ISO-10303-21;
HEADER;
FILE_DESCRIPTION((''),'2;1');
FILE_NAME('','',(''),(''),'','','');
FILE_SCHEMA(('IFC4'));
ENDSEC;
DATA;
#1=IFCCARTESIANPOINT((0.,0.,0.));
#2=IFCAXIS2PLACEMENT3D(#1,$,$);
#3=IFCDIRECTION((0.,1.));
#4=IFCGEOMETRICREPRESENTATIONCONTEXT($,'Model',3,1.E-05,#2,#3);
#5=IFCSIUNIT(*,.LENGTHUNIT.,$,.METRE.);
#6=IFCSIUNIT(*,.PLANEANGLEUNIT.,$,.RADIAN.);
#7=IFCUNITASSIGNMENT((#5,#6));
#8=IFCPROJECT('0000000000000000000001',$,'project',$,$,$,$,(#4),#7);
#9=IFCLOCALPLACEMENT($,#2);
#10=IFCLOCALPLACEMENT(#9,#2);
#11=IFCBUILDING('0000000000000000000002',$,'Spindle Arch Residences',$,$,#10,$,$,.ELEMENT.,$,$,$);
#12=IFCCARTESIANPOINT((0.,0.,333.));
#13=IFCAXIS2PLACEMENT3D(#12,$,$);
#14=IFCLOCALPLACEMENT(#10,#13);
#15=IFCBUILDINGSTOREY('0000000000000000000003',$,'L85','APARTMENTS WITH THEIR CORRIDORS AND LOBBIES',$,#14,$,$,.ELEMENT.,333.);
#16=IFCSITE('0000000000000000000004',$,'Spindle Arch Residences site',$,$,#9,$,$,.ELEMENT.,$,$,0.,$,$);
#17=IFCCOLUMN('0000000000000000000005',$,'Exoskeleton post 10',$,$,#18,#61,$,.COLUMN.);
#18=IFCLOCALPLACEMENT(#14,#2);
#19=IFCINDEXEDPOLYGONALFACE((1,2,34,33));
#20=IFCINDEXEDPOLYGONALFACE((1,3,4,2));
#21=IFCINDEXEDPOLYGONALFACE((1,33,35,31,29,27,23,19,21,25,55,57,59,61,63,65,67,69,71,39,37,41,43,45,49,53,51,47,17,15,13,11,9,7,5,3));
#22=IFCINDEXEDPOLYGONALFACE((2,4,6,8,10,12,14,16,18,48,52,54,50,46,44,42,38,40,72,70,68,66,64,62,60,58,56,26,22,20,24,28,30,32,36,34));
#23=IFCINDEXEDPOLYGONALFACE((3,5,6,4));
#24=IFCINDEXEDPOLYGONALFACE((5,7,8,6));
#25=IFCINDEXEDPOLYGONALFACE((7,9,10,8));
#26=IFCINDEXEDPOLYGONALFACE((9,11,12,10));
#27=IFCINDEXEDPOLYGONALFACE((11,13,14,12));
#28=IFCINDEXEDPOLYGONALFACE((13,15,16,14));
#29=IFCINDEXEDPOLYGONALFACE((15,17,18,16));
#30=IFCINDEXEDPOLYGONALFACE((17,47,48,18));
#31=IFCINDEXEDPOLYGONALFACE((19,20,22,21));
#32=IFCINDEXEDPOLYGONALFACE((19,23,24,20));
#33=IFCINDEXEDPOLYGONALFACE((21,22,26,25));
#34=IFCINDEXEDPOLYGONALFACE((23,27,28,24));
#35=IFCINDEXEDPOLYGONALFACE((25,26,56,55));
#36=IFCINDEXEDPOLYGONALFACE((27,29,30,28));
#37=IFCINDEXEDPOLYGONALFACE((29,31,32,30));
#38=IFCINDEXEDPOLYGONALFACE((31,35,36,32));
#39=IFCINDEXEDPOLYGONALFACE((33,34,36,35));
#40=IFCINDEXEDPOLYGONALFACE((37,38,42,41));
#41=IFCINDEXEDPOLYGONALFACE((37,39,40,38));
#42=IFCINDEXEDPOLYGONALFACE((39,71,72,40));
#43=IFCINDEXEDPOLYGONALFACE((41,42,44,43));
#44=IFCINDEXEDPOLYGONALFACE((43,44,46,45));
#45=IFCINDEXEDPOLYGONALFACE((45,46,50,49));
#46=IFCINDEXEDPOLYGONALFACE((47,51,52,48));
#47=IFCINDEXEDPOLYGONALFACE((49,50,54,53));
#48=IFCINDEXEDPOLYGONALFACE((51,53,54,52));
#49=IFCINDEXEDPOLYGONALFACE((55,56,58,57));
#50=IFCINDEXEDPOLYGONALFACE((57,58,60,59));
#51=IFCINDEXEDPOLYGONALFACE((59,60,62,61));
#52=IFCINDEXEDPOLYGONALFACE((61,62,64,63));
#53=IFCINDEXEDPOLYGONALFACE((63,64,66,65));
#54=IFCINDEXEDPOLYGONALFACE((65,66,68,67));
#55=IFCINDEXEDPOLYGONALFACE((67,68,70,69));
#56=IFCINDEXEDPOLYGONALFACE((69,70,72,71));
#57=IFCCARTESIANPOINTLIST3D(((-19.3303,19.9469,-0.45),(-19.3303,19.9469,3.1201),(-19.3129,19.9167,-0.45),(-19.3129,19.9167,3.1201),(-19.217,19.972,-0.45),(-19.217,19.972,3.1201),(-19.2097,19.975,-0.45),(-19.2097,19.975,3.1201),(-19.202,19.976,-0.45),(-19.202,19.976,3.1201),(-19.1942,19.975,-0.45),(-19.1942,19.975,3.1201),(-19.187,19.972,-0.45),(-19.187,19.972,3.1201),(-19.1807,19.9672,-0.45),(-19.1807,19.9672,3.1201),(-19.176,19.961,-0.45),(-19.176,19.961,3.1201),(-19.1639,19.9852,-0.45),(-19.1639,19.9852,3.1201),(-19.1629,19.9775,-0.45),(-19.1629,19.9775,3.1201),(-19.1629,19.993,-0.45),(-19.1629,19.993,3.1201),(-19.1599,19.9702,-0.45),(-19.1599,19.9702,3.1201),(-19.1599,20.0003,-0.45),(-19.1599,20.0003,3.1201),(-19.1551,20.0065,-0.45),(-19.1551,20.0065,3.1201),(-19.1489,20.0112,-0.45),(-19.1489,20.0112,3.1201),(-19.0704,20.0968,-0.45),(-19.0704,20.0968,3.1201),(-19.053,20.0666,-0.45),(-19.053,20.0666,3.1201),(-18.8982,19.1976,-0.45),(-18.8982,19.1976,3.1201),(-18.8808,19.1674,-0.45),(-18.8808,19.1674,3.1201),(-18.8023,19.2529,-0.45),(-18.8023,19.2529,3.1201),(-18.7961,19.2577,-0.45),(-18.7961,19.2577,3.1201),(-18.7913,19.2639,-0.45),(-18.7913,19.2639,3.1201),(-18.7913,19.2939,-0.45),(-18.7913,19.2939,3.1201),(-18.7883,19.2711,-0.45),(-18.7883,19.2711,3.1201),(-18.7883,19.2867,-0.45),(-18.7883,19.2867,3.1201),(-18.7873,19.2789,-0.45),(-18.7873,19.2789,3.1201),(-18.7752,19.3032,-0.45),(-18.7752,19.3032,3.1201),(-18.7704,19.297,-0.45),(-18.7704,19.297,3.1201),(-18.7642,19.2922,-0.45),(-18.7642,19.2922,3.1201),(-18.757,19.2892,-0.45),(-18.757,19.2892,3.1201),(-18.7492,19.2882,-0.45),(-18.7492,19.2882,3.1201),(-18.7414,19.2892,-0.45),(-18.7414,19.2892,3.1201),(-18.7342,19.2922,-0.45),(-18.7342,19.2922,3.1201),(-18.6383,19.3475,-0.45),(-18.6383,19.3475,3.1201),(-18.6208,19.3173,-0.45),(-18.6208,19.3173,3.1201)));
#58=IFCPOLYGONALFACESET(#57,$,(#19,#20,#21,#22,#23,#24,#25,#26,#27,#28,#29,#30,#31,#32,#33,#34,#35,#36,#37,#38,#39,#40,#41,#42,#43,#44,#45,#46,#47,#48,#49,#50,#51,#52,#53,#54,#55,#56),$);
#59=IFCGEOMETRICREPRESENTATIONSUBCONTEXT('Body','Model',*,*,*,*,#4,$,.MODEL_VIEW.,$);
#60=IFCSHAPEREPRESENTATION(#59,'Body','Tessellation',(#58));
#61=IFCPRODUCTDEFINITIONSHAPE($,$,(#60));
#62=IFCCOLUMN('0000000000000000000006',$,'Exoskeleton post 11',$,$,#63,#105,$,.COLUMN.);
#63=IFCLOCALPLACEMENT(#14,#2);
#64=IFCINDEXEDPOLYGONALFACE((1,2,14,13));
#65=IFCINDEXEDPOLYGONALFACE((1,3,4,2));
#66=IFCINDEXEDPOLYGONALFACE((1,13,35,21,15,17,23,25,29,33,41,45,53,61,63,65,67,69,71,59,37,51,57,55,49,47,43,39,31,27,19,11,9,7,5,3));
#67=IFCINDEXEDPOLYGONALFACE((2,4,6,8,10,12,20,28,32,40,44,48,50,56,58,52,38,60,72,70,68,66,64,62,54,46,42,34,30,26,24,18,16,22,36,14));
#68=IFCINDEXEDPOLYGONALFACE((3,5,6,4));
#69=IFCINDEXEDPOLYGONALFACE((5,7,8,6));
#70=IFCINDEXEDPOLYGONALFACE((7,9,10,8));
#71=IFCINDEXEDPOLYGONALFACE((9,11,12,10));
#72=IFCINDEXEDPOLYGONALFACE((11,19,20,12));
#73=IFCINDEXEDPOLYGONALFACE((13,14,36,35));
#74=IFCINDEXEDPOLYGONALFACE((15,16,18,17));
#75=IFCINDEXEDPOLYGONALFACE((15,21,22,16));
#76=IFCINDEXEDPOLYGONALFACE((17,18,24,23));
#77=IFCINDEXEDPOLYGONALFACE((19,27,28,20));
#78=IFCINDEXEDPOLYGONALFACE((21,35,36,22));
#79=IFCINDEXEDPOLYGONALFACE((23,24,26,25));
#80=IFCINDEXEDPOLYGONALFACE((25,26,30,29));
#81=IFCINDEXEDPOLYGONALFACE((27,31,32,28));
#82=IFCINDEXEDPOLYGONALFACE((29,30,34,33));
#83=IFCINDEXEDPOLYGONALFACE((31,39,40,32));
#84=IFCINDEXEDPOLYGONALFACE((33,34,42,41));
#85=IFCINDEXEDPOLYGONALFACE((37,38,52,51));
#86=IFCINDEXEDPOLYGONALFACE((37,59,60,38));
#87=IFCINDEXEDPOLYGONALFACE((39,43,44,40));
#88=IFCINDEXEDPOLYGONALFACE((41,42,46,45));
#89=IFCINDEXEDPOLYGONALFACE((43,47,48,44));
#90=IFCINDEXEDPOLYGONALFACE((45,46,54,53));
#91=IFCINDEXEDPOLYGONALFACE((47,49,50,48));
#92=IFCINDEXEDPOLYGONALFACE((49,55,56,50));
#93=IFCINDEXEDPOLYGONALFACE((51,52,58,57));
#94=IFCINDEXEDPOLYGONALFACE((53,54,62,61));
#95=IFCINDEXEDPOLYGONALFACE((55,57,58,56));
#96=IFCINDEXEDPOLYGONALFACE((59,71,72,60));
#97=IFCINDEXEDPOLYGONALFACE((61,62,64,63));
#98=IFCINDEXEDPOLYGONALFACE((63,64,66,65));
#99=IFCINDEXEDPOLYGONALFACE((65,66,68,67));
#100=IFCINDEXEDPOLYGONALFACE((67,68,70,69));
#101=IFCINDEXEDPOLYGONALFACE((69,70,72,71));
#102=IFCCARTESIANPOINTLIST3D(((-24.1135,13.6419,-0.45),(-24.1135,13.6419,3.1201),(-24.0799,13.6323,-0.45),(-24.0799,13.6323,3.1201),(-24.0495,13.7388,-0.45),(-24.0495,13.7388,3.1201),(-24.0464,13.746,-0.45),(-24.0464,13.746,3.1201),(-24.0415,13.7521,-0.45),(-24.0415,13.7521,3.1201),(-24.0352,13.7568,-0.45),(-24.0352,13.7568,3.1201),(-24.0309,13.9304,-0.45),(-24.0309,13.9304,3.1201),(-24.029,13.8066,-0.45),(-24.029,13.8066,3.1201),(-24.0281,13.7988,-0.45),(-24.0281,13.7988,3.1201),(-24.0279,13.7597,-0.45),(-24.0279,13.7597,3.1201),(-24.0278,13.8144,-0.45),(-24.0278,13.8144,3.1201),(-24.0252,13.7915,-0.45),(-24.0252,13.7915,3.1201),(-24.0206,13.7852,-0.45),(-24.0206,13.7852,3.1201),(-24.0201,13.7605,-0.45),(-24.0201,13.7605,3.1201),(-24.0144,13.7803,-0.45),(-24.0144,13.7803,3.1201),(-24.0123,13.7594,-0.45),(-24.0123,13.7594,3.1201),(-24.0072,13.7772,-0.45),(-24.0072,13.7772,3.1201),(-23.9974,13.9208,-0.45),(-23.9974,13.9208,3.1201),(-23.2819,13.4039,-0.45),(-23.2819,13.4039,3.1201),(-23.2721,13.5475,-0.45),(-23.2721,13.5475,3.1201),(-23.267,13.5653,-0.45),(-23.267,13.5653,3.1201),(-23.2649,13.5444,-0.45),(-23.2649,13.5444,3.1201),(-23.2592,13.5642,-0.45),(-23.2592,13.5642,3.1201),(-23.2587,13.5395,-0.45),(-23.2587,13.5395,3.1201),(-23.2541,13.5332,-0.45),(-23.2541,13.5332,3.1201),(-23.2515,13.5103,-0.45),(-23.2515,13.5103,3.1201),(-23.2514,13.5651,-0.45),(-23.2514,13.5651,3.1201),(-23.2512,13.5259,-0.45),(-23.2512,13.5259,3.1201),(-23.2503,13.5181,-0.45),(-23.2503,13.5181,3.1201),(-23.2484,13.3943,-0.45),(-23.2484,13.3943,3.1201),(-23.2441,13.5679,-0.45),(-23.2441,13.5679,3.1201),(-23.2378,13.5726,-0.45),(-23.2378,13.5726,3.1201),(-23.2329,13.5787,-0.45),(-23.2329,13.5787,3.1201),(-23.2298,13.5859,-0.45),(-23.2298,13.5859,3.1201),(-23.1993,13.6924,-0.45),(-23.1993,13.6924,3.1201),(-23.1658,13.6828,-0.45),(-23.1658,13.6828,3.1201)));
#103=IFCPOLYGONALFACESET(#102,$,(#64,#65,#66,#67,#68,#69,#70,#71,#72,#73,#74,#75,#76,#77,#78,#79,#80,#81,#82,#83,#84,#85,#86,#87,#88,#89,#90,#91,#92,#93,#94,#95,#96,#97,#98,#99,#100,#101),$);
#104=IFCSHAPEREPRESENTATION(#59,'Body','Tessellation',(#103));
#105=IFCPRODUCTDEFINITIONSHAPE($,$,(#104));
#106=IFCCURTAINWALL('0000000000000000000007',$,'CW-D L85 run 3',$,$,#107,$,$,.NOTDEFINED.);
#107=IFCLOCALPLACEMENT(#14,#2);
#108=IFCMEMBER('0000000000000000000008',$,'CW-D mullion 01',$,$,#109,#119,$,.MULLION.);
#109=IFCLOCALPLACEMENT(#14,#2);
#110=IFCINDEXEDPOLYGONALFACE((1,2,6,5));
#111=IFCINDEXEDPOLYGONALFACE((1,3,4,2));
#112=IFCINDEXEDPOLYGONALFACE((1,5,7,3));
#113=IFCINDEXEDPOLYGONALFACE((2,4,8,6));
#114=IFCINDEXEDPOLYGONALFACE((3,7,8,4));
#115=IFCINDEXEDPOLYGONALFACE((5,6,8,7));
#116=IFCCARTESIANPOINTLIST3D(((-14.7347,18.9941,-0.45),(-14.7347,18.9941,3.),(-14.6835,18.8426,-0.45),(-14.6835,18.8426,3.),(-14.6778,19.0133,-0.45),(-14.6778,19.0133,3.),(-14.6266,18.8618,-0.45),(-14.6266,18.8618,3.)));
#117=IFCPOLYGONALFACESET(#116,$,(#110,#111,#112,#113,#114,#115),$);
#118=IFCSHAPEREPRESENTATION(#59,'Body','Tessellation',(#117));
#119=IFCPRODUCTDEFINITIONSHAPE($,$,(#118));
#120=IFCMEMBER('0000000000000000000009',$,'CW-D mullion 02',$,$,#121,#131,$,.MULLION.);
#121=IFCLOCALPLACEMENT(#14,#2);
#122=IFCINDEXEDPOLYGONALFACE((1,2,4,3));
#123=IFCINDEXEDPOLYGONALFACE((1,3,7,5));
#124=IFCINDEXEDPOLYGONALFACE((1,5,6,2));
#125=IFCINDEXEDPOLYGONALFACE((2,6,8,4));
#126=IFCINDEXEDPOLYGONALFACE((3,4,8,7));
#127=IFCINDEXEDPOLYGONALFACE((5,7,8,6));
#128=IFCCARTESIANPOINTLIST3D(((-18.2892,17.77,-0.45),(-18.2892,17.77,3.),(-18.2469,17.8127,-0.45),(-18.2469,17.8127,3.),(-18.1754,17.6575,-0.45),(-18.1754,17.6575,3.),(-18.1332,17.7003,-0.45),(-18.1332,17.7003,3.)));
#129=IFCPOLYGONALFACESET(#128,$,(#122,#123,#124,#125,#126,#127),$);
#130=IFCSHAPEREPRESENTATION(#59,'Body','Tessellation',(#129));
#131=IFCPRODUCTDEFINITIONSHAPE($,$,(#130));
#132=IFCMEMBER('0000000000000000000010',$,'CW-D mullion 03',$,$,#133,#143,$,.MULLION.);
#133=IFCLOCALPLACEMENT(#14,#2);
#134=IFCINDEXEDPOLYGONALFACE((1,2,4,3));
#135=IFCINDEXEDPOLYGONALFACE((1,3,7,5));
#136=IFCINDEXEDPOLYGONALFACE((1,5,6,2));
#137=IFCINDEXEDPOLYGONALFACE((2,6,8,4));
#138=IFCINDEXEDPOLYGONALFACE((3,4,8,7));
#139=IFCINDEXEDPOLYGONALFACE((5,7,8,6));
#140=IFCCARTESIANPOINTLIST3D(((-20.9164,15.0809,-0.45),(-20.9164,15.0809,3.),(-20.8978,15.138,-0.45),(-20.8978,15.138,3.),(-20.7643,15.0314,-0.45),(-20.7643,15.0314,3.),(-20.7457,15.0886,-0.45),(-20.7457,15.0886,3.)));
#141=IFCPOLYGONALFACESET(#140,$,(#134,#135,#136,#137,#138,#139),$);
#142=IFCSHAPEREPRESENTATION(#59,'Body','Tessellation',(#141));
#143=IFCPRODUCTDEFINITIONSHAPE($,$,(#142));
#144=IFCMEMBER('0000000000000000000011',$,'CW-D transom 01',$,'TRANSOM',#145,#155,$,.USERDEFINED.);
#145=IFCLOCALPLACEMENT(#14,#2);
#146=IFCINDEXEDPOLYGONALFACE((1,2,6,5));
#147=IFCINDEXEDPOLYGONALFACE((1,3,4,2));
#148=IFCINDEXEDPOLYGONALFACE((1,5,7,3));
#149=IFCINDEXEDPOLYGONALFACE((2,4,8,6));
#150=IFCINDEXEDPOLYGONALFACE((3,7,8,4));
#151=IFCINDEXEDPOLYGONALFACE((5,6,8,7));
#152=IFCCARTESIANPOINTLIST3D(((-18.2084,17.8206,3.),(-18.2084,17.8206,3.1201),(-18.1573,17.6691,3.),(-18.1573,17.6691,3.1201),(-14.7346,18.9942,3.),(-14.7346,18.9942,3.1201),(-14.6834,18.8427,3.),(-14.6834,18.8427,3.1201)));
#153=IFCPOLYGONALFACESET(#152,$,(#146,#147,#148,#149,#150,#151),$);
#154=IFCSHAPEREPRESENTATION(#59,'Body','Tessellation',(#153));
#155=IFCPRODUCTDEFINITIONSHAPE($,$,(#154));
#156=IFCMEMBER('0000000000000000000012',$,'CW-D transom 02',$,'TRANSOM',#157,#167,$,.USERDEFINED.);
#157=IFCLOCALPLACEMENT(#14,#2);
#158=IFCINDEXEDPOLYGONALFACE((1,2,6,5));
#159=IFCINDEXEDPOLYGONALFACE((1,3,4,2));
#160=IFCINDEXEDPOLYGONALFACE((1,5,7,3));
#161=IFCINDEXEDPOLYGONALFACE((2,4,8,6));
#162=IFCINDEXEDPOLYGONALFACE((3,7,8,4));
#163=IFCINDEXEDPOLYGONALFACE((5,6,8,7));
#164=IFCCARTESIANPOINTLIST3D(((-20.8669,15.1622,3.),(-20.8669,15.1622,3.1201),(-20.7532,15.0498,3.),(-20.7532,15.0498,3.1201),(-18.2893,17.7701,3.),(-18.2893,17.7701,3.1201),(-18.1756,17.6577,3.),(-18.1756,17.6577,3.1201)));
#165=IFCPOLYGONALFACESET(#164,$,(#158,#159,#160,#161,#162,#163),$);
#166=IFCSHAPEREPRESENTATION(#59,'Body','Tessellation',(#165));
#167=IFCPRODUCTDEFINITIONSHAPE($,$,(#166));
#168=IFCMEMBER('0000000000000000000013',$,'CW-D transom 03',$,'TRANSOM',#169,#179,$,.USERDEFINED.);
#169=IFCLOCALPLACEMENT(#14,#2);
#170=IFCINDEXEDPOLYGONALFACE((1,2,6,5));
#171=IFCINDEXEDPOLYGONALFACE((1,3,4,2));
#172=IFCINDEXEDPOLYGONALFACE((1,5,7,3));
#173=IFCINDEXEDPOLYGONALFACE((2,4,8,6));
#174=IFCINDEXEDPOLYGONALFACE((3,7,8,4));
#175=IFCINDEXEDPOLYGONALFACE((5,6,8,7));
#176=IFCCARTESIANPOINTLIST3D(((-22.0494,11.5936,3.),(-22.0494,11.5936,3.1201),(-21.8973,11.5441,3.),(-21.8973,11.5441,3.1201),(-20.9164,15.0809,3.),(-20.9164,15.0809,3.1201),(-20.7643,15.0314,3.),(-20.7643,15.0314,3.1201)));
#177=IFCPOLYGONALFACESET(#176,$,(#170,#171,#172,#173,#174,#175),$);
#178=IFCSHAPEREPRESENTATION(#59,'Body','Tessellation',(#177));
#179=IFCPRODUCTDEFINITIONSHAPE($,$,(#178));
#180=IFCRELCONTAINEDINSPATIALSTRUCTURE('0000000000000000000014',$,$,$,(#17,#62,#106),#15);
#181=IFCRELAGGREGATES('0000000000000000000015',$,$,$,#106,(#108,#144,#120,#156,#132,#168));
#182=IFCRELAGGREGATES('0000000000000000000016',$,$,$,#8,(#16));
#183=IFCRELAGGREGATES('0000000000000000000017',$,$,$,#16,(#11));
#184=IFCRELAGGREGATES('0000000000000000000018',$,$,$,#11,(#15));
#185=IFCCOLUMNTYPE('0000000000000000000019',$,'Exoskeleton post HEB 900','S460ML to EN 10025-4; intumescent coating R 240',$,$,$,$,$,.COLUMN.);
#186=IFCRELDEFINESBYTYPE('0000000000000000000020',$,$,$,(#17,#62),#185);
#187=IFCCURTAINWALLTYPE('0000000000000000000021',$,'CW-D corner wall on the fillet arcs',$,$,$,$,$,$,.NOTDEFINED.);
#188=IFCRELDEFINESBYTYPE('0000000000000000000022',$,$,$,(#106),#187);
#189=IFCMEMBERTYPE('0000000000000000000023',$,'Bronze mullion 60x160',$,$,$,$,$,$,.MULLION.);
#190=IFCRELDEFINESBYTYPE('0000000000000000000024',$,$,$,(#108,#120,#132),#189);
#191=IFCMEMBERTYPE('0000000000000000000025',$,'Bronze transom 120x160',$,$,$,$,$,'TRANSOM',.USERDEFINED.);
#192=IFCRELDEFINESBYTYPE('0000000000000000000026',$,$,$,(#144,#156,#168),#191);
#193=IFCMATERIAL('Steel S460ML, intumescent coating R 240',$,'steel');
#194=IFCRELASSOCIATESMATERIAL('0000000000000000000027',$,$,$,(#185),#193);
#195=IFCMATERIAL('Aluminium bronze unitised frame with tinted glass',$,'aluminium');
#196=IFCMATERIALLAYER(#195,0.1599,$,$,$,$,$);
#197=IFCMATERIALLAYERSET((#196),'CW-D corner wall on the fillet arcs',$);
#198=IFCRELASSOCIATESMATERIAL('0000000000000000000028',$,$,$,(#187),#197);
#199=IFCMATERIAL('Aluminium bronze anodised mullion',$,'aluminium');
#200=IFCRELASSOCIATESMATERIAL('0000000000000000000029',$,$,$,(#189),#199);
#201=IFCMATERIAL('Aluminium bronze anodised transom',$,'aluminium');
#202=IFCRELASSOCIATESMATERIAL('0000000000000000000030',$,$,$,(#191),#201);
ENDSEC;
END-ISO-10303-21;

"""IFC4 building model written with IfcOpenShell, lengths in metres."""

from ifc_helpers import new_model, si_unit, direction, frame, origin, origin_2d, place, context, subcontext, project, spatial, rectangle, i_section, extrude, material, layer, layer_set, material_profile, profile_set, type_object, element, aggregate, save


model = new_model("IFC4")

# Units and contexts
model_context = context("Model", 3, precision=1e-05, world=origin(), true_north=direction((0.0, 1.0)))
body_context = subcontext(model_context, "Body", "Model", "MODEL_VIEW")
ifc_project = project(units=[si_unit("LENGTHUNIT", "METRE"), si_unit("PLANEANGLEUNIT", "RADIAN")], contexts=[model_context])

# Site, building, storey
site_placement = place(None, origin())
site = spatial("IfcSite", under=ifc_project, at=site_placement, Name="Spindle Arch Residences site", CompositionType="ELEMENT", RefElevation=0.0)
building_placement = place(site_placement, origin())
building = spatial("IfcBuilding", under=site, at=building_placement, Name="Spindle Arch Residences", CompositionType="ELEMENT")
storey_placement = place(building_placement, frame((0.0, 0.0, 333.0)))
storey = spatial("IfcBuildingStorey", under=building, at=storey_placement, Name="L85", Description="APARTMENTS WITH THEIR CORRIDORS AND LOBBIES", CompositionType="ELEMENT", Elevation=333.0)

# Columns
ifc_material_1 = material(Name="Steel S460ML, intumescent coating R 240", Category="steel")
ifc_material_profile_1 = material_profile(ifc_material_1, i_section(OverallWidth=0.3, OverallDepth=0.8999, WebThickness=0.0186, FlangeThickness=0.0349, FilletRadius=0.03, at=origin_2d()), Name="HEB 900")
ifc_profile_set_1 = profile_set([ifc_material_profile_1], Name="Steel S460ML, intumescent coating R 240")
column_type = type_object("IfcColumnType", Name="Exoskeleton post HEB 900", Description="S460ML to EN 10025-4; intumescent coating R 240", PredefinedType="COLUMN", material=ifc_profile_set_1)
for number, where, z_axis, x_axis, name in (
    (1, (-18.9756, 19.6321, -0.45), (0.0, 0.0, 1.0), (0.866257, 0.499599, 0.0), "Exoskeleton post 10"),
    (2, (-23.6396, 13.6624, -0.45), (0.0, 0.0, 1.0), (0.275193, 0.961389, 0.0), "Exoskeleton post 11"),
):
    element("IfcColumn", number, at=place(storey_placement, frame(where, z_axis=z_axis, x_axis=x_axis)), inside=storey, type_object=column_type, Name=name, PredefinedType="COLUMN", context=body_context, shape_type="SweptSolid", body=[
        extrude(i_section(OverallWidth=0.3, OverallDepth=0.8999, WebThickness=0.0186, FlangeThickness=0.0349, FilletRadius=0.03, at=origin_2d()), origin(), (0.0, 0.0, 1.0), 3.5701),
    ])

# Curtain wall, members
ifc_material_2 = material(Name="Aluminium bronze unitised frame with tinted glass", Category="aluminium")
ifc_layer_1 = layer(ifc_material_2, 0.1599)
ifc_layer_set_1 = layer_set([ifc_layer_1], Name="CW-D corner wall on the fillet arcs")
curtain_wall_type = type_object("IfcCurtainWallType", Name="CW-D corner wall on the fillet arcs", PredefinedType="NOTDEFINED", material=ifc_layer_set_1)
curtain_wall_placement = place(storey_placement, origin())
curtain_wall = element("IfcCurtainWall", 3, at=curtain_wall_placement, inside=storey, type_object=curtain_wall_type, Name="CW-D L85 run 3", PredefinedType="NOTDEFINED")
ifc_material_3 = material(Name="Aluminium bronze anodised mullion", Category="aluminium")
ifc_material_profile_2 = material_profile(ifc_material_3, rectangle(XDim=0.1599, YDim=0.0601, at=origin_2d()), Name="MU 60x160")
ifc_profile_set_2 = profile_set([ifc_material_profile_2], Name="Aluminium bronze anodised mullion")
member_type_1 = type_object("IfcMemberType", Name="Bronze mullion 60x160", PredefinedType="MULLION", material=ifc_profile_set_2)
member_1_placement = place(storey_placement, frame((-14.6807, 18.928, -0.45), z_axis=(0.0, 0.0, 1.0), x_axis=(0.320062, -0.947397, 0.0)))
member_1 = element("IfcMember", 4, at=member_1_placement, type_object=member_type_1, Name="CW-D mullion 01", PredefinedType="MULLION", context=body_context, shape_type="SweptSolid", body=[
    extrude(rectangle(XDim=0.1599, YDim=0.0601, at=origin_2d()), origin(), (0.0, 0.0, 1.0), 3.45),
])
member_2_placement = place(storey_placement, frame((-18.2112, 17.7351, -0.45), z_axis=(0.0, 0.0, 1.0), x_axis=(0.711209, -0.702981, 0.0)))
member_2 = element("IfcMember", 5, at=member_2_placement, type_object=member_type_1, Name="CW-D mullion 02", PredefinedType="MULLION", context=body_context, shape_type="SweptSolid", body=[
    extrude(rectangle(XDim=0.1599, YDim=0.0601, at=origin_2d()), origin(), (0.0, 0.0, 1.0), 3.45),
])
member_3_placement = place(storey_placement, frame((-20.8311, 15.0847, -0.45), z_axis=(0.0, 0.0, 1.0), x_axis=(0.951057, -0.309017, 0.0)))
member_3 = element("IfcMember", 6, at=member_3_placement, type_object=member_type_1, Name="CW-D mullion 03", PredefinedType="MULLION", context=body_context, shape_type="SweptSolid", body=[
    extrude(rectangle(XDim=0.1599, YDim=0.0601, at=origin_2d()), origin(), (0.0, 0.0, 1.0), 3.45),
])
ifc_material_4 = material(Name="Aluminium bronze anodised transom", Category="aluminium")
ifc_material_profile_3 = material_profile(ifc_material_4, rectangle(XDim=0.1599, YDim=0.1201, at=origin_2d()), Name="TR 120x160")
ifc_profile_set_3 = profile_set([ifc_material_profile_3], Name="Aluminium bronze anodised transom")
member_type_2 = type_object("IfcMemberType", Name="Bronze transom 120x160", ElementType="TRANSOM", PredefinedType="USERDEFINED", material=ifc_profile_set_3)
member_4_placement = place(storey_placement, frame((-14.709, 18.9185, 3.0601), z_axis=(-0.947397, -0.32006, 0.0), x_axis=(0.32006, -0.947397, 0.0)))
member_4 = element("IfcMember", 7, at=member_4_placement, type_object=member_type_2, Name="CW-D transom 01", ObjectType="TRANSOM", PredefinedType="USERDEFINED", context=body_context, shape_type="SweptSolid", body=[
    extrude(rectangle(XDim=0.1599, YDim=0.1201, at=origin_2d()), origin(), (0.0, 0.0, 1.0), 3.6667),
])
member_5_placement = place(storey_placement, frame((-18.2324, 17.7139, 3.0601), z_axis=(-0.702967, -0.711223, 0.0), x_axis=(0.711223, -0.702967, 0.0)))
member_5 = element("IfcMember", 8, at=member_5_placement, type_object=member_type_2, Name="CW-D transom 02", ObjectType="TRANSOM", PredefinedType="USERDEFINED", context=body_context, shape_type="SweptSolid", body=[
    extrude(rectangle(XDim=0.1599, YDim=0.1201, at=origin_2d()), origin(), (0.0, 0.0, 1.0), 3.6667),
])
member_6_placement = place(storey_placement, frame((-20.8403, 15.0562, 3.0601), z_axis=(-0.309008, -0.95106, 0.0), x_axis=(0.95106, -0.309008, 0.0)))
member_6 = element("IfcMember", 9, at=member_6_placement, type_object=member_type_2, Name="CW-D transom 03", ObjectType="TRANSOM", PredefinedType="USERDEFINED", context=body_context, shape_type="SweptSolid", body=[
    extrude(rectangle(XDim=0.1599, YDim=0.1201, at=origin_2d()), origin(), (0.0, 0.0, 1.0), 3.6667),
])

aggregate(curtain_wall, [member_1, member_4, member_2, member_5, member_3, member_6])

save(model, "model.ifc")
